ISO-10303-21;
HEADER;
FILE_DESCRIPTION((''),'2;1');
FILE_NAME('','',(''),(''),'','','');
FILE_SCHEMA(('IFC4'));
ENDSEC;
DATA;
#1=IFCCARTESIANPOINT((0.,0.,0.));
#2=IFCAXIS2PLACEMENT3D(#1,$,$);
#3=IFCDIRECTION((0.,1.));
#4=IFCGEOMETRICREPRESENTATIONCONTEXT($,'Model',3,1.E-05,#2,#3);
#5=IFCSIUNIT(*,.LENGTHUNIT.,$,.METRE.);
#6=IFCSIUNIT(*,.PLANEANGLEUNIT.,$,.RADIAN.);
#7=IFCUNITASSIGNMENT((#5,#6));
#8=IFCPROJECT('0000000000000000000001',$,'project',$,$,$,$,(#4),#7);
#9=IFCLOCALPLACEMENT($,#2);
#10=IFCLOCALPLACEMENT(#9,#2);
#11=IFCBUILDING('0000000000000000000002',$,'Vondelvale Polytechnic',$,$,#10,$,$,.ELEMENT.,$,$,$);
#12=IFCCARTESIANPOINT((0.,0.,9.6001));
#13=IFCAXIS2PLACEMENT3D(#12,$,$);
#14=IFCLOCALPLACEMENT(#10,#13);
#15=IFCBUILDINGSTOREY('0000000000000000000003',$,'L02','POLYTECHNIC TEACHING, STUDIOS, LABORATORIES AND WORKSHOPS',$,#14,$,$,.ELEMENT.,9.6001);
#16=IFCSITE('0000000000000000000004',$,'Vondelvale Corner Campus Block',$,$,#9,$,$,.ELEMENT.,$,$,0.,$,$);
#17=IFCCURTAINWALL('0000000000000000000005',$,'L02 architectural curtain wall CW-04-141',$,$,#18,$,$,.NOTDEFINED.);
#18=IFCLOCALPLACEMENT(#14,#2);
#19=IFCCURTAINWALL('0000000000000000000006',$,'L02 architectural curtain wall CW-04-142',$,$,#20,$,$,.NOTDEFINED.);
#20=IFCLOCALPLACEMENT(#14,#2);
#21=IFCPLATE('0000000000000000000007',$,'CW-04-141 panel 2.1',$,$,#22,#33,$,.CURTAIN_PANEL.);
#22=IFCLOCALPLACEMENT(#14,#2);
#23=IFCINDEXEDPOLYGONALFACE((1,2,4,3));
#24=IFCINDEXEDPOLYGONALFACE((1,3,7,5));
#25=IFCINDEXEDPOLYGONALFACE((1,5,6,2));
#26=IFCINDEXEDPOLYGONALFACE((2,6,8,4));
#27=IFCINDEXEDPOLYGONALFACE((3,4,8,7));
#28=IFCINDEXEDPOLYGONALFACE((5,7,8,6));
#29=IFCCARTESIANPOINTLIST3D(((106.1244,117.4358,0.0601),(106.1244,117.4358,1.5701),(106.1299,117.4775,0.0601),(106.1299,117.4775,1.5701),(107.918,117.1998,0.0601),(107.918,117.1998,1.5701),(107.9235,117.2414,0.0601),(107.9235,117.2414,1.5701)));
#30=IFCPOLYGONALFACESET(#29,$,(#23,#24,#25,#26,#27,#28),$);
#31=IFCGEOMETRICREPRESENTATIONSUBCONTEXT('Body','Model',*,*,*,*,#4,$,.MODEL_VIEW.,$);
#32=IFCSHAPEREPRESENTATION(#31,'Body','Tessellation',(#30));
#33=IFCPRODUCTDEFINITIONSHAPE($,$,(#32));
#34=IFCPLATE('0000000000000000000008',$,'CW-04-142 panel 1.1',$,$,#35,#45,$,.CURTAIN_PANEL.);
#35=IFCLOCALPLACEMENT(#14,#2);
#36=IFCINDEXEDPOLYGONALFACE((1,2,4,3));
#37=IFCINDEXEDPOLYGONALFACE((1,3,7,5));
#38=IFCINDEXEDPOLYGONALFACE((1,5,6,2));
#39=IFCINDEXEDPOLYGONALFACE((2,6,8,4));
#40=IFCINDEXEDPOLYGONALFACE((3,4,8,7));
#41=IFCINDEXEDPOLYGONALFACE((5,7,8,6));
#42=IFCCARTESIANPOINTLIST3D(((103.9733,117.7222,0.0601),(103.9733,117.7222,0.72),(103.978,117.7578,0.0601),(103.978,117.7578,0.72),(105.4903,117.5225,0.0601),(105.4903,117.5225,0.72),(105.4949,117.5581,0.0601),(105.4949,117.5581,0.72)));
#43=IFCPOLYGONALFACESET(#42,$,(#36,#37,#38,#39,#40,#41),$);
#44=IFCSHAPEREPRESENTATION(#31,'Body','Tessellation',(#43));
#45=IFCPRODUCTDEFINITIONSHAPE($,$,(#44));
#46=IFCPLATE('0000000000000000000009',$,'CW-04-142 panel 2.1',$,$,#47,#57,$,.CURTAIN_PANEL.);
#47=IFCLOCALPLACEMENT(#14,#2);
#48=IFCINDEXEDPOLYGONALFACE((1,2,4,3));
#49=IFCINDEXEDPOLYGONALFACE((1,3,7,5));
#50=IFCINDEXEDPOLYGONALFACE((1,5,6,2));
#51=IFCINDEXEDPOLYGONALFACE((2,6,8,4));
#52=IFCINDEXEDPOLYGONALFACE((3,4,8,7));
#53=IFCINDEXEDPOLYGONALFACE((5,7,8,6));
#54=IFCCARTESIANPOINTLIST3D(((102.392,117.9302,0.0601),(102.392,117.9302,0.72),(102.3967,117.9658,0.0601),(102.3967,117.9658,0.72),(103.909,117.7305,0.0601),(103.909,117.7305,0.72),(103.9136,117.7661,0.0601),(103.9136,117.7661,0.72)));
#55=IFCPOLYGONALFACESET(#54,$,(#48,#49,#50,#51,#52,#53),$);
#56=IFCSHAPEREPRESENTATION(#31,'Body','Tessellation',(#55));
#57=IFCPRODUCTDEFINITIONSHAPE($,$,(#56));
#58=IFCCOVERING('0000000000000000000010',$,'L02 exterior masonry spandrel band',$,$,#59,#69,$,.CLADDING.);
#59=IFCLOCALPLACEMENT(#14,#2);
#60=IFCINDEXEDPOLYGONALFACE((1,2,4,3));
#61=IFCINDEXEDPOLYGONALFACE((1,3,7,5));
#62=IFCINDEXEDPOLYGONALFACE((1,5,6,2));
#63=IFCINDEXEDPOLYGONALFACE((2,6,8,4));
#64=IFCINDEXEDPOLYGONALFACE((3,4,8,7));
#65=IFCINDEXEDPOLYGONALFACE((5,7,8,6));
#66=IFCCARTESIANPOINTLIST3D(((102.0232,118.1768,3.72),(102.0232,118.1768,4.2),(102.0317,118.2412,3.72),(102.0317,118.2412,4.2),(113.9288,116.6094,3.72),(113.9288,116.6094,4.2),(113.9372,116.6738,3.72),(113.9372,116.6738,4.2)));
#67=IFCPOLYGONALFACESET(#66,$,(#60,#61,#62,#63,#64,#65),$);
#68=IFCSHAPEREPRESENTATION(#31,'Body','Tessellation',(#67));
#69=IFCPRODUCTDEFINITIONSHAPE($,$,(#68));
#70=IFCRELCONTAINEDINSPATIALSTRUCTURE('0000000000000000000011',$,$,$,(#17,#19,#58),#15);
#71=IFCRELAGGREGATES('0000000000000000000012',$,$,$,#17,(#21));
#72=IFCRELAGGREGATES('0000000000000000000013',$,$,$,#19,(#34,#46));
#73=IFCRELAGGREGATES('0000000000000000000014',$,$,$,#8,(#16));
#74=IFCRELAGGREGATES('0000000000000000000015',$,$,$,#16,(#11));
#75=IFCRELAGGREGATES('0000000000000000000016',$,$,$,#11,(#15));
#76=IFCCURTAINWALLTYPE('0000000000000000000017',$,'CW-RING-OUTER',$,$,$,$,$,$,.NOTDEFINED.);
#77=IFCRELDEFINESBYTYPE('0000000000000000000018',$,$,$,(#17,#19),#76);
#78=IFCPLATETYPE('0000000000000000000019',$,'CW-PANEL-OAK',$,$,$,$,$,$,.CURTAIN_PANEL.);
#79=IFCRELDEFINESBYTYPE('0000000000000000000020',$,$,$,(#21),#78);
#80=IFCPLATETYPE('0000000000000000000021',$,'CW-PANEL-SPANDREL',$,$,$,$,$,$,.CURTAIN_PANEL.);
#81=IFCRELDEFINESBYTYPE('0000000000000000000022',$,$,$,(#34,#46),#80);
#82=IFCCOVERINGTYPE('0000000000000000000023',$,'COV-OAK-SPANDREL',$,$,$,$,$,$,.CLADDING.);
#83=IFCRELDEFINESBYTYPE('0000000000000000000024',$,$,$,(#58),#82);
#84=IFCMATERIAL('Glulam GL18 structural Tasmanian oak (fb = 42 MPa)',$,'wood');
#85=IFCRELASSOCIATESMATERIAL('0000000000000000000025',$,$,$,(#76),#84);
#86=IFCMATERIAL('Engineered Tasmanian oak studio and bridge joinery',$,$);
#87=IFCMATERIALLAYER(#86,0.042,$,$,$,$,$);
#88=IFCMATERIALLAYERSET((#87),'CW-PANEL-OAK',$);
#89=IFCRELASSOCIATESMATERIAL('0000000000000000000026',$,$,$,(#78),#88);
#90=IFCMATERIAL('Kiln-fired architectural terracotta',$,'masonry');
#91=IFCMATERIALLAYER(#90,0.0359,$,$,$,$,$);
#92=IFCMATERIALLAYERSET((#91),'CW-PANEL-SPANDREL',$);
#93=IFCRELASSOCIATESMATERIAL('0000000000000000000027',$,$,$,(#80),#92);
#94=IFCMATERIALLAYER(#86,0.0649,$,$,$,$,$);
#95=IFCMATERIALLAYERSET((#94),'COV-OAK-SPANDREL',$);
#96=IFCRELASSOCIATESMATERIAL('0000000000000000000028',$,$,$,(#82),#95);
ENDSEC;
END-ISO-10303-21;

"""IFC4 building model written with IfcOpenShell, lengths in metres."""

from ifc_helpers import new_model, si_unit, direction, frame, origin, origin_2d, place, context, subcontext, project, spatial, rectangle, extrude, material, layer, layer_set, type_object, element, aggregate, save


model = new_model("IFC4")

# Units and contexts
model_context = context("Model", 3, precision=1e-05, world=origin(), true_north=direction((0.0, 1.0)))
body_context = subcontext(model_context, "Body", "Model", "MODEL_VIEW")
ifc_project = project(units=[si_unit("LENGTHUNIT", "METRE"), si_unit("PLANEANGLEUNIT", "RADIAN")], contexts=[model_context])

# Site, building, storey
site_placement = place(None, origin())
site = spatial("IfcSite", under=ifc_project, at=site_placement, Name="Vondelvale Corner Campus Block", CompositionType="ELEMENT", RefElevation=0.0)
building_placement = place(site_placement, origin())
building = spatial("IfcBuilding", under=site, at=building_placement, Name="Vondelvale Polytechnic", CompositionType="ELEMENT")
storey_placement = place(building_placement, frame((0.0, 0.0, 9.6001)))
storey = spatial("IfcBuildingStorey", under=building, at=storey_placement, Name="L02", Description="POLYTECHNIC TEACHING, STUDIOS, LABORATORIES AND WORKSHOPS", CompositionType="ELEMENT", Elevation=9.6001)

# Shared definitions
ifc_material_1 = material(Name="Glulam GL18 structural Tasmanian oak (fb = 42 MPa)", Category="wood")

# Curtain wall
curtain_wall_type = type_object("IfcCurtainWallType", Name="CW-RING-OUTER", PredefinedType="NOTDEFINED", material=ifc_material_1)
curtain_wall_1_placement = place(storey_placement, origin())
curtain_wall_1 = element("IfcCurtainWall", 1, at=curtain_wall_1_placement, inside=storey, type_object=curtain_wall_type, Name="L02 architectural curtain wall CW-04-141", PredefinedType="NOTDEFINED")

# Curtain wall
curtain_wall_2_placement = place(storey_placement, origin())
curtain_wall_2 = element("IfcCurtainWall", 2, at=curtain_wall_2_placement, inside=storey, type_object=curtain_wall_type, Name="L02 architectural curtain wall CW-04-142", PredefinedType="NOTDEFINED")

# Plates
ifc_material_2 = material(Name="Engineered Tasmanian oak studio and bridge joinery")
ifc_layer_1 = layer(ifc_material_2, 0.042)
ifc_layer_set_1 = layer_set([ifc_layer_1], Name="CW-PANEL-OAK")
plate_type_1 = type_object("IfcPlateType", Name="CW-PANEL-OAK", PredefinedType="CURTAIN_PANEL", material=ifc_layer_set_1)
plate_1_placement = place(storey_placement, frame((107.0239, 117.3386, 0.0601), z_axis=(0.0, 0.0, 1.0), x_axis=(-0.991449, 0.130497, 0.0)))
plate_1 = element("IfcPlate", 3, at=plate_1_placement, type_object=plate_type_1, Name="CW-04-141 panel 2.1", PredefinedType="CURTAIN_PANEL", context=body_context, shape_type="SweptSolid", body=[
    extrude(rectangle(XDim=1.8091, YDim=0.042, at=origin_2d()), origin(), (0.0, 0.0, 1.0), 1.51),
])
aggregate(curtain_wall_1, [plate_1])
ifc_material_3 = material(Name="Kiln-fired architectural terracotta", Category="masonry")
ifc_layer_2 = layer(ifc_material_3, 0.0359)
ifc_layer_set_2 = layer_set([ifc_layer_2], Name="CW-PANEL-SPANDREL")
plate_type_2 = type_object("IfcPlateType", Name="CW-PANEL-SPANDREL", PredefinedType="CURTAIN_PANEL", material=ifc_layer_set_2)
plate_2_placement = place(storey_placement, frame((104.7341, 117.6401, 0.0601), z_axis=(0.0, 0.0, 1.0), x_axis=(-0.991443, 0.13054, 0.0)))
plate_2 = element("IfcPlate", 4, at=plate_2_placement, type_object=plate_type_2, Name="CW-04-142 panel 1.1", PredefinedType="CURTAIN_PANEL", context=body_context, shape_type="SweptSolid", body=[
    extrude(rectangle(XDim=1.53, YDim=0.0359, at=origin_2d()), origin(), (0.0, 0.0, 1.0), 0.6599),
])
plate_3_placement = place(storey_placement, frame((103.1528, 117.8481, 0.0601), z_axis=(0.0, 0.0, 1.0), x_axis=(-0.991443, 0.13054, 0.0)))
plate_3 = element("IfcPlate", 5, at=plate_3_placement, type_object=plate_type_2, Name="CW-04-142 panel 2.1", PredefinedType="CURTAIN_PANEL", context=body_context, shape_type="SweptSolid", body=[
    extrude(rectangle(XDim=1.53, YDim=0.0359, at=origin_2d()), origin(), (0.0, 0.0, 1.0), 0.6599),
])
aggregate(curtain_wall_2, [plate_2, plate_3])

# Covering
ifc_layer_3 = layer(ifc_material_2, 0.0649)
ifc_layer_set_3 = layer_set([ifc_layer_3], Name="COV-OAK-SPANDREL")
covering_type = type_object("IfcCoveringType", Name="COV-OAK-SPANDREL", PredefinedType="CLADDING", material=ifc_layer_set_3)
covering_placement = place(storey_placement, frame((107.9802, 117.4253, 3.72), z_axis=(0.0, 0.0, 1.0), x_axis=(-0.991445, 0.130526, 0.0)))
element("IfcCovering", 6, at=covering_placement, inside=storey, type_object=covering_type, Name="L02 exterior masonry spandrel band", PredefinedType="CLADDING", context=body_context, shape_type="SweptSolid", body=[
    extrude(rectangle(XDim=12.0083, YDim=0.0649, at=origin_2d()), origin(), (0.0, 0.0, 1.0), 0.48),
])

save(model, "model.ifc")
